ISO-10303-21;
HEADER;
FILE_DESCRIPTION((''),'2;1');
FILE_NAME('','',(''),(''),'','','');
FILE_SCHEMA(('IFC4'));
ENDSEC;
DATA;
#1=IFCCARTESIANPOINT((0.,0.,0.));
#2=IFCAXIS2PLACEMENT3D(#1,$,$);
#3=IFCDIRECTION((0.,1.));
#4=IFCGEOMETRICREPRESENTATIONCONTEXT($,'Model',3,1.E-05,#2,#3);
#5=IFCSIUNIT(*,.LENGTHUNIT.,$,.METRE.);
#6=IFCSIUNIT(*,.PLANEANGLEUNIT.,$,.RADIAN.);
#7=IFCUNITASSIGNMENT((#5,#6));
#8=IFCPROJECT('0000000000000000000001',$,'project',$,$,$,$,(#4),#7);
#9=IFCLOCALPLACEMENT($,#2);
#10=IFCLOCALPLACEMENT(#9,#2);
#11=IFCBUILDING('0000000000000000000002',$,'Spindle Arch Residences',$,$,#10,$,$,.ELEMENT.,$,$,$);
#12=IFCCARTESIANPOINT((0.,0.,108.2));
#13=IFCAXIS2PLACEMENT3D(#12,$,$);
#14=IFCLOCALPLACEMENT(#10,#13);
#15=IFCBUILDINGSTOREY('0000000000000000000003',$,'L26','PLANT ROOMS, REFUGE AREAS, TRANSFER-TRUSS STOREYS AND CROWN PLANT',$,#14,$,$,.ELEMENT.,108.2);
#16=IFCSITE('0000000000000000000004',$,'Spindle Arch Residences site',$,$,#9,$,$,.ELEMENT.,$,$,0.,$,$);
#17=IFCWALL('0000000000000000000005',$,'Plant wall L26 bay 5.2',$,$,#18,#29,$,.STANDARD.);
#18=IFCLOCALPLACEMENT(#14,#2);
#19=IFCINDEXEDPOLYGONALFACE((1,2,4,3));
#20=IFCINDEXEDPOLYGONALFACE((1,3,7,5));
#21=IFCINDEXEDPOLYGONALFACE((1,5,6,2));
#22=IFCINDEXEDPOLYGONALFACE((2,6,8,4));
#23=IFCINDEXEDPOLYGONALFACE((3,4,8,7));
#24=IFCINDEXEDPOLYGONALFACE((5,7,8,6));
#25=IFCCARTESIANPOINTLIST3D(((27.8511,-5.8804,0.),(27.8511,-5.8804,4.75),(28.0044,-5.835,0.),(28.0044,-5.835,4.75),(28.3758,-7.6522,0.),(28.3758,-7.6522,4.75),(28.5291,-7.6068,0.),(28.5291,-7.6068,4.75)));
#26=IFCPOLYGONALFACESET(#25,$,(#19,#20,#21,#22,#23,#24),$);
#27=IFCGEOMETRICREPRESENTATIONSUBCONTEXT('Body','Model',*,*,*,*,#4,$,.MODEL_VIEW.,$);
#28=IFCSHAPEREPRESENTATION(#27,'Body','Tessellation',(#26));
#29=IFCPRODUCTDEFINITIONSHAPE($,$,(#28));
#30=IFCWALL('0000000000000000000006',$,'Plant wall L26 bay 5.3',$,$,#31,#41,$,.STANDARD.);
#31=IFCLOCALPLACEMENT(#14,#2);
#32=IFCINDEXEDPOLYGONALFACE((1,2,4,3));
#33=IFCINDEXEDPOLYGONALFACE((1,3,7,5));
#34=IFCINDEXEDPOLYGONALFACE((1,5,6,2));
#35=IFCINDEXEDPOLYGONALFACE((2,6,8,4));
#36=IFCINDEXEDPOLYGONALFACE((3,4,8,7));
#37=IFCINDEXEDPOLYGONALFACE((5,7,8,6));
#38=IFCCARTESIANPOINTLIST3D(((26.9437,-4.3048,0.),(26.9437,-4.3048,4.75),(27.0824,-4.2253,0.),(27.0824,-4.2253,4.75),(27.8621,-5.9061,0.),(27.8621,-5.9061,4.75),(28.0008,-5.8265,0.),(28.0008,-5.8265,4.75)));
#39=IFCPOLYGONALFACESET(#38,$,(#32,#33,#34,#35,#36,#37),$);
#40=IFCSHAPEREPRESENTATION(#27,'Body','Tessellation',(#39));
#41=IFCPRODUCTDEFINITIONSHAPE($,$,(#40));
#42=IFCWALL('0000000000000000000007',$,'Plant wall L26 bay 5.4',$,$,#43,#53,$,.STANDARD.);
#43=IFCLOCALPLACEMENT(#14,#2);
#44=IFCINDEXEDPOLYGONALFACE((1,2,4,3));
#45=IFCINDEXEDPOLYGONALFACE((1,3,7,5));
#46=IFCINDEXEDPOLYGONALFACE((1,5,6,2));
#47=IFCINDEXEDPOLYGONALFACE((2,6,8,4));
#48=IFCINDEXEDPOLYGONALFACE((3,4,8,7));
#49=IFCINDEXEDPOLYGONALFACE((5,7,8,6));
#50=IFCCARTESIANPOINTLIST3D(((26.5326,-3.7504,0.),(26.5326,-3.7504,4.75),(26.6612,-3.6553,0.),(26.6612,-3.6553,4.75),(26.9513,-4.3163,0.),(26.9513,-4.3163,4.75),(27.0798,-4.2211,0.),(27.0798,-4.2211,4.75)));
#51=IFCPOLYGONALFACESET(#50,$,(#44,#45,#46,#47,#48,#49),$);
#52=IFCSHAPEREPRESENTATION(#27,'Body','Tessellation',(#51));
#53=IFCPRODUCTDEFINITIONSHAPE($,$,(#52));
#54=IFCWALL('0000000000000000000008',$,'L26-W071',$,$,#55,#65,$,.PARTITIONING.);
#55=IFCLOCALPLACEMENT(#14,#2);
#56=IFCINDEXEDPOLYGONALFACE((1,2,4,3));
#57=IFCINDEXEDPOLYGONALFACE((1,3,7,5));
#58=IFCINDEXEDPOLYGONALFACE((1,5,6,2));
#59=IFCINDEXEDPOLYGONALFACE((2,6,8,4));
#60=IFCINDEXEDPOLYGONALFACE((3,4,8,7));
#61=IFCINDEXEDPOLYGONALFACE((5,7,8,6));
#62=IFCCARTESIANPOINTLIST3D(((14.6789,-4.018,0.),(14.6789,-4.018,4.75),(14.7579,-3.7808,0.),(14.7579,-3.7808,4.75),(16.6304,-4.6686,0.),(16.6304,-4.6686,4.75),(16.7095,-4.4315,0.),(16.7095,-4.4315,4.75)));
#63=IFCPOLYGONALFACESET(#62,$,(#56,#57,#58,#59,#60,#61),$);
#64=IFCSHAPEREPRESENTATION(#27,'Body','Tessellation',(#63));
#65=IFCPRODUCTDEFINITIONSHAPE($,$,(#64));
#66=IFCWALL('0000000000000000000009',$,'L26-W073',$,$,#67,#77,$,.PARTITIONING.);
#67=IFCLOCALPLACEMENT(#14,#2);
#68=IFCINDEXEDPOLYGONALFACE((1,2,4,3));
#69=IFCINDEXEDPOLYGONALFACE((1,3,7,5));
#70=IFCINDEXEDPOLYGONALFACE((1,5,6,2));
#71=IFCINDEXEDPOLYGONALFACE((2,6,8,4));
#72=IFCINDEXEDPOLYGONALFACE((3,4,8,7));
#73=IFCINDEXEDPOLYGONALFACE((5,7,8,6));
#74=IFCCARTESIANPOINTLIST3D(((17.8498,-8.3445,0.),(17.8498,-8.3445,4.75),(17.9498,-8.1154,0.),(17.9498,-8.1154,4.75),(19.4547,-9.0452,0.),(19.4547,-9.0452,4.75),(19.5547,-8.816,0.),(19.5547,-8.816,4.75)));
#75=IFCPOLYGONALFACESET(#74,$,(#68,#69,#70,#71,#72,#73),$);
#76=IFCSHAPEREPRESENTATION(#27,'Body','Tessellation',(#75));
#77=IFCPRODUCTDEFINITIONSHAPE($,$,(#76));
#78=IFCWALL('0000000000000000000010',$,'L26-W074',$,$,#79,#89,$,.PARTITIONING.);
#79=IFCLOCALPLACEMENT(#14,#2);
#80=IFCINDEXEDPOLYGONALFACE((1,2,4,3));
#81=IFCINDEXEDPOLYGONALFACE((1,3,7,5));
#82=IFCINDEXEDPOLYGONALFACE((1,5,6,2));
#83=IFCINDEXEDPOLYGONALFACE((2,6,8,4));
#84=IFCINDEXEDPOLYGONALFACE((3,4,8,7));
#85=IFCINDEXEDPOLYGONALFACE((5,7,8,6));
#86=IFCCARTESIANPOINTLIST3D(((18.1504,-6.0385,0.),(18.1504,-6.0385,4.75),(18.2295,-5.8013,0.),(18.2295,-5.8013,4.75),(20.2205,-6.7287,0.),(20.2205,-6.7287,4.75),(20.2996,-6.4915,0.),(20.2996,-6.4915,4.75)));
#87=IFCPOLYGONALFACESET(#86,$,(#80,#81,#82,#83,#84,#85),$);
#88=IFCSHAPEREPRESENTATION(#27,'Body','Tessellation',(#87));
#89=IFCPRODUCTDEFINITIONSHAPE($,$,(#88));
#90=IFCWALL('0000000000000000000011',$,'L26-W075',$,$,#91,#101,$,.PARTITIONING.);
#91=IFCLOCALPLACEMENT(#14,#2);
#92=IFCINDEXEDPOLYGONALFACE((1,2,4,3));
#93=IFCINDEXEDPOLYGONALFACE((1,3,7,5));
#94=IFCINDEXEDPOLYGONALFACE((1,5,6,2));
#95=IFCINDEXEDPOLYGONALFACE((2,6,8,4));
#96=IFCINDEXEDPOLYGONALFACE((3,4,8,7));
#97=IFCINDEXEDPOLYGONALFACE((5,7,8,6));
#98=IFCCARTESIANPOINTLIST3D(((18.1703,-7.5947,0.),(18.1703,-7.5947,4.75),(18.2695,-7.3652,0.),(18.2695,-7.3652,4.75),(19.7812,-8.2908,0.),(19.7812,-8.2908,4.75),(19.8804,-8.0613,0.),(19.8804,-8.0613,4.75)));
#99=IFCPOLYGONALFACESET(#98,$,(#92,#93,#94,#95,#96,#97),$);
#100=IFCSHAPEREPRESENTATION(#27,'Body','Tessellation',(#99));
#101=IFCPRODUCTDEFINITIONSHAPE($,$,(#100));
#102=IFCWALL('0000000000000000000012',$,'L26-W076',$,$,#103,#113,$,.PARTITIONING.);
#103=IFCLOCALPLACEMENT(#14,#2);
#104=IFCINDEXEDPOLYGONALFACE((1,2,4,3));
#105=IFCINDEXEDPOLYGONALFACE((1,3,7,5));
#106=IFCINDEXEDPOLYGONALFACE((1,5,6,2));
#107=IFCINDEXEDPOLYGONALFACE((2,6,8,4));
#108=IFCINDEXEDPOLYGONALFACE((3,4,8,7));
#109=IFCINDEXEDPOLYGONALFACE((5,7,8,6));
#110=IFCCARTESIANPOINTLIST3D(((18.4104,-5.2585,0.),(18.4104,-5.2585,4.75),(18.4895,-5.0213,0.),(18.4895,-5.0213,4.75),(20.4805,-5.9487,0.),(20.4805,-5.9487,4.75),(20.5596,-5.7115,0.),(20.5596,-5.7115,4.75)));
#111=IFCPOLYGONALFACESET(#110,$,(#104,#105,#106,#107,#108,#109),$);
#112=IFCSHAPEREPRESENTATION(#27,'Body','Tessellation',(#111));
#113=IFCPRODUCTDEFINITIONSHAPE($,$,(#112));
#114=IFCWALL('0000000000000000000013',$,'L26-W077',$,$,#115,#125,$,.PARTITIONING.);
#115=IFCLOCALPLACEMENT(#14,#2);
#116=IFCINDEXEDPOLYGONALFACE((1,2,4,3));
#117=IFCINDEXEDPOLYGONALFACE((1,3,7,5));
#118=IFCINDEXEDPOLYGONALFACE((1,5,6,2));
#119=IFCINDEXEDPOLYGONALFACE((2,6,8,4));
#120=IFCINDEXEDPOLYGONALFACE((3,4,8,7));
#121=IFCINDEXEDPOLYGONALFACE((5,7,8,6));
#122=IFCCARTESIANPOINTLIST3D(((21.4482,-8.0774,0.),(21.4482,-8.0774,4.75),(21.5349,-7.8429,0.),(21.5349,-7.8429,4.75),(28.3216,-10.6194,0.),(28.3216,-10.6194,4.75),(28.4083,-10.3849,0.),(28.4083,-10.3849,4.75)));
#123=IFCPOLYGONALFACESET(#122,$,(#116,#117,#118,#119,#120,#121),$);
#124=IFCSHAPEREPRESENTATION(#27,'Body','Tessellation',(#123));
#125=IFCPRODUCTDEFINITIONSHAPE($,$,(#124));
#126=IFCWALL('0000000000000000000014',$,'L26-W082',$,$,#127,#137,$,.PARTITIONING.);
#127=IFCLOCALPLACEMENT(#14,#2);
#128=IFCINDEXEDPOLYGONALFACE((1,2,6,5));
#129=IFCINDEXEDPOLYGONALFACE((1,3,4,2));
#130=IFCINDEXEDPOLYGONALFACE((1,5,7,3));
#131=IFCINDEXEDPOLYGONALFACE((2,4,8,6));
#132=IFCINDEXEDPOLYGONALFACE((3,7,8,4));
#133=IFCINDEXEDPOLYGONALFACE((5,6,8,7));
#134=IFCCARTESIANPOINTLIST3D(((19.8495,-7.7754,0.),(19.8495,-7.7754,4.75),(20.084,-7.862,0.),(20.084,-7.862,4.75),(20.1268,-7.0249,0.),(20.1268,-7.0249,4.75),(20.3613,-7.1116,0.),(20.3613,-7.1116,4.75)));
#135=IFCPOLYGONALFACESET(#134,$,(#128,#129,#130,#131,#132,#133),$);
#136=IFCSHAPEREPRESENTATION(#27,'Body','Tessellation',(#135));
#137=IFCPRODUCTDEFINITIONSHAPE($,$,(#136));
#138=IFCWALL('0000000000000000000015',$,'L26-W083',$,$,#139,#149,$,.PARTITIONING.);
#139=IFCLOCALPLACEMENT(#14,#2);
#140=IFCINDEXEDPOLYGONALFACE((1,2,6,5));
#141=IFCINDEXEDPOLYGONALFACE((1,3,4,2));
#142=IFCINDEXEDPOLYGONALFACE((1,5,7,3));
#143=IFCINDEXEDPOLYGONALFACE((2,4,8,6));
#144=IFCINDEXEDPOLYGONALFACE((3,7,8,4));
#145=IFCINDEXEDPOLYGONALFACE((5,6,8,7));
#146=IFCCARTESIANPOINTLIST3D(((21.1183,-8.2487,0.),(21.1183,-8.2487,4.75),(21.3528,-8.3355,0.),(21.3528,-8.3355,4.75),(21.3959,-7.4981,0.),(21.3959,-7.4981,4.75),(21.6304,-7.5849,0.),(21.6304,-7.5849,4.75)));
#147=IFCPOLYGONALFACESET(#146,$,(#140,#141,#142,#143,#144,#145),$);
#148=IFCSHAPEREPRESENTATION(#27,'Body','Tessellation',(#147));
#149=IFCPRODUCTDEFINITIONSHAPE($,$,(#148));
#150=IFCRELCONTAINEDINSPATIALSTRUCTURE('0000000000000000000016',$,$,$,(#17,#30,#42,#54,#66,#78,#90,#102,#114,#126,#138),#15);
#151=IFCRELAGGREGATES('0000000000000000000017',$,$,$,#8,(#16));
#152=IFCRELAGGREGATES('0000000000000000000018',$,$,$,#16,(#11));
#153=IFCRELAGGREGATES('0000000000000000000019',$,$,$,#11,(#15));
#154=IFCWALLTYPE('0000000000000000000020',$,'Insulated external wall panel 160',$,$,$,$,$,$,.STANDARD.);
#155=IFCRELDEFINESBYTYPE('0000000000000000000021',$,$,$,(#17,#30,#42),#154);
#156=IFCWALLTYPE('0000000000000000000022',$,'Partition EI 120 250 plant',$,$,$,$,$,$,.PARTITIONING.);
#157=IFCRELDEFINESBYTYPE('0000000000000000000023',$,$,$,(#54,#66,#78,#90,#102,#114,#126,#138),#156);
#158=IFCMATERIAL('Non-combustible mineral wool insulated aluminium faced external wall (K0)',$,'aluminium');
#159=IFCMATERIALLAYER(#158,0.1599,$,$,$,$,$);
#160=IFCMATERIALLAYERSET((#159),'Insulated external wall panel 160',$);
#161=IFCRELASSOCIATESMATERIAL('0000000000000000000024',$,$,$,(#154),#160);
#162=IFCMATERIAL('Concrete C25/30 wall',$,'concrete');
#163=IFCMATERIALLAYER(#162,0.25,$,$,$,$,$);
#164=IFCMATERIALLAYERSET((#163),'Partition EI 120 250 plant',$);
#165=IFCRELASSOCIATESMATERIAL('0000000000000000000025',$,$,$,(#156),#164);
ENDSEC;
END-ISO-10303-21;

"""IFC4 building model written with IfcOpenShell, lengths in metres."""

from ifc_helpers import new_model, si_unit, direction, frame, frame_2d, origin, place, context, subcontext, project, spatial, rectangle, extrude, material, layer, layer_set, type_object, element, save


model = new_model("IFC4")

# Units and contexts
model_context = context("Model", 3, precision=1e-05, world=origin(), true_north=direction((0.0, 1.0)))
body_context = subcontext(model_context, "Body", "Model", "MODEL_VIEW")
ifc_project = project(units=[si_unit("LENGTHUNIT", "METRE"), si_unit("PLANEANGLEUNIT", "RADIAN")], contexts=[model_context])

# Site, building, storey
site_placement = place(None, origin())
site = spatial("IfcSite", under=ifc_project, at=site_placement, Name="Spindle Arch Residences site", CompositionType="ELEMENT", RefElevation=0.0)
building_placement = place(site_placement, origin())
building = spatial("IfcBuilding", under=site, at=building_placement, Name="Spindle Arch Residences", CompositionType="ELEMENT")
storey_placement = place(building_placement, frame((0.0, 0.0, 108.2)))
storey = spatial("IfcBuildingStorey", under=building, at=storey_placement, Name="L26", Description="PLANT ROOMS, REFUGE AREAS, TRANSFER-TRUSS STOREYS AND CROWN PLANT", CompositionType="ELEMENT", Elevation=108.2)

# Walls
ifc_material_1 = material(Name="Non-combustible mineral wool insulated aluminium faced external wall (K0)", Category="aluminium")
ifc_layer_1 = layer(ifc_material_1, 0.1599)
ifc_layer_set_1 = layer_set([ifc_layer_1], Name="Insulated external wall panel 160")
wall_type_1 = type_object("IfcWallType", Name="Insulated external wall panel 160", PredefinedType="STANDARD", material=ifc_layer_set_1)
wall_1_placement = place(storey_placement, frame((28.4524, -7.6294, 0.0), z_axis=(0.0, 0.0, 1.0), x_axis=(-0.28394, 0.958842, 0.0)))
element("IfcWall", 1, at=wall_1_placement, inside=storey, type_object=wall_type_1, Name="Plant wall L26 bay 5.2", PredefinedType="STANDARD", context=body_context, shape_type="SweptSolid", body=[
    extrude(rectangle(XDim=1.8479, YDim=0.1599, at=frame_2d((0.9238, 0.0))), origin(), (0.0, 0.0, 1.0), 4.75),
])
wall_2_placement = place(storey_placement, frame((27.9314, -5.8662, 0.0), z_axis=(0.0, 0.0, 1.0), x_axis=(-0.497534, 0.867444, 0.0)))
element("IfcWall", 2, at=wall_2_placement, inside=storey, type_object=wall_type_1, Name="Plant wall L26 bay 5.3", PredefinedType="STANDARD", context=body_context, shape_type="SweptSolid", body=[
    extrude(rectangle(XDim=1.8459, YDim=0.1599, at=frame_2d((0.9229, 0.0))), origin(), (0.0, 0.0, 1.0), 4.75),
])
wall_3_placement = place(storey_placement, frame((27.0156, -4.2688, 0.0), z_axis=(0.0, 0.0, 1.0), x_axis=(-0.594771, 0.803895, 0.0)))
element("IfcWall", 3, at=wall_3_placement, inside=storey, type_object=wall_type_1, Name="Plant wall L26 bay 5.4", PredefinedType="STANDARD", context=body_context, shape_type="SweptSolid", body=[
    extrude(rectangle(XDim=0.7039, YDim=0.1599, at=frame_2d((0.3521, 0.0))), origin(), (0.0, 0.0, 1.0), 4.75),
])
ifc_material_2 = material(Name="Concrete C25/30 wall", Category="concrete")
ifc_layer_2 = layer(ifc_material_2, 0.25)
ifc_layer_set_2 = layer_set([ifc_layer_2], Name="Partition EI 120 250 plant")
wall_type_2 = type_object("IfcWallType", Name="Partition EI 120 250 plant", PredefinedType="PARTITIONING", material=ifc_layer_set_2)
wall_4_placement = place(storey_placement, frame((16.6699, -4.55, 0.0), z_axis=(0.0, 0.0, 1.0), x_axis=(-0.94866, 0.316299, 0.0)))
element("IfcWall", 4, at=wall_4_placement, inside=storey, type_object=wall_type_2, Name="L26-W071", PredefinedType="PARTITIONING", context=body_context, shape_type="SweptSolid", body=[
    extrude(rectangle(XDim=2.0571, YDim=0.25, at=frame_2d((1.0286, 0.0))), origin(), (0.0, 0.0, 1.0), 4.75),
])
wall_5_placement = place(storey_placement, frame((17.8999, -8.23, 0.0), z_axis=(0.0, 0.0, 1.0), x_axis=(0.916471, -0.400102, 0.0)))
element("IfcWall", 5, at=wall_5_placement, inside=storey, type_object=wall_type_2, Name="L26-W073", PredefinedType="PARTITIONING", context=body_context, shape_type="SweptSolid", body=[
    extrude(rectangle(XDim=1.7512, YDim=0.25, at=frame_2d((0.8755, 0.0))), origin(), (0.0, 0.0, 1.0), 4.75),
])
wall_6_placement = place(storey_placement, frame((18.1899, -5.9199, 0.0), z_axis=(0.0, 0.0, 1.0), x_axis=(0.948661, -0.316295, 0.0)))
element("IfcWall", 6, at=wall_6_placement, inside=storey, type_object=wall_type_2, Name="L26-W074", PredefinedType="PARTITIONING", context=body_context, shape_type="SweptSolid", body=[
    extrude(rectangle(XDim=2.1821, YDim=0.25, at=frame_2d((1.0911, 0.0))), origin(), (0.0, 0.0, 1.0), 4.75),
])
wall_7_placement = place(storey_placement, frame((19.8308, -8.176, 0.0), z_axis=(0.0, 0.0, 1.0), x_axis=(-0.917968, 0.396655, 0.0)))
element("IfcWall", 7, at=wall_7_placement, inside=storey, type_object=wall_type_2, Name="L26-W075", PredefinedType="PARTITIONING", context=body_context, shape_type="SweptSolid", body=[
    extrude(rectangle(XDim=1.7549, YDim=0.25, at=frame_2d((0.8774, 0.0))), origin(), (0.0, 0.0, 1.0), 4.75),
])
wall_8_placement = place(storey_placement, frame((20.52, -5.8301, 0.0), z_axis=(0.0, 0.0, 1.0), x_axis=(-0.948661, 0.316295, 0.0)))
element("IfcWall", 8, at=wall_8_placement, inside=storey, type_object=wall_type_2, Name="L26-W076", PredefinedType="PARTITIONING", context=body_context, shape_type="SweptSolid", body=[
    extrude(rectangle(XDim=2.1821, YDim=0.25, at=frame_2d((1.0911, 0.0))), origin(), (0.0, 0.0, 1.0), 4.75),
])
wall_9_placement = place(storey_placement, frame((21.4917, -7.9602, 0.0), z_axis=(0.0, 0.0, 1.0), x_axis=(0.937912, -0.346874, 0.0)))
element("IfcWall", 9, at=wall_9_placement, inside=storey, type_object=wall_type_2, Name="L26-W077", PredefinedType="PARTITIONING", context=body_context, shape_type="SweptSolid", body=[
    extrude(rectangle(XDim=7.3284, YDim=0.25, at=frame_2d((3.6641, 0.0))), origin(), (0.0, 0.0, 1.0), 4.75),
])
wall_10_placement = place(storey_placement, frame((19.9668, -7.8186, 0.0), z_axis=(0.0, 0.0, 1.0), x_axis=(0.346638, 0.937999, 0.0)))
element("IfcWall", 10, at=wall_10_placement, inside=storey, type_object=wall_type_2, Name="L26-W082", PredefinedType="PARTITIONING", context=body_context, shape_type="SweptSolid", body=[
    extrude(rectangle(XDim=0.8, YDim=0.25, at=frame_2d((0.3999, 0.0))), origin(), (0.0, 0.0, 1.0), 4.75),
])
wall_11_placement = place(storey_placement, frame((21.5132, -7.5415, 0.0), z_axis=(0.0, 0.0, 1.0), x_axis=(-0.346907, -0.9379, 0.0)))
element("IfcWall", 11, at=wall_11_placement, inside=storey, type_object=wall_type_2, Name="L26-W083", PredefinedType="PARTITIONING", context=body_context, shape_type="SweptSolid", body=[
    extrude(rectangle(XDim=0.8003, YDim=0.25, at=frame_2d((0.4001, 0.0))), origin(), (0.0, 0.0, 1.0), 4.75),
])

save(model, "model.ifc")
